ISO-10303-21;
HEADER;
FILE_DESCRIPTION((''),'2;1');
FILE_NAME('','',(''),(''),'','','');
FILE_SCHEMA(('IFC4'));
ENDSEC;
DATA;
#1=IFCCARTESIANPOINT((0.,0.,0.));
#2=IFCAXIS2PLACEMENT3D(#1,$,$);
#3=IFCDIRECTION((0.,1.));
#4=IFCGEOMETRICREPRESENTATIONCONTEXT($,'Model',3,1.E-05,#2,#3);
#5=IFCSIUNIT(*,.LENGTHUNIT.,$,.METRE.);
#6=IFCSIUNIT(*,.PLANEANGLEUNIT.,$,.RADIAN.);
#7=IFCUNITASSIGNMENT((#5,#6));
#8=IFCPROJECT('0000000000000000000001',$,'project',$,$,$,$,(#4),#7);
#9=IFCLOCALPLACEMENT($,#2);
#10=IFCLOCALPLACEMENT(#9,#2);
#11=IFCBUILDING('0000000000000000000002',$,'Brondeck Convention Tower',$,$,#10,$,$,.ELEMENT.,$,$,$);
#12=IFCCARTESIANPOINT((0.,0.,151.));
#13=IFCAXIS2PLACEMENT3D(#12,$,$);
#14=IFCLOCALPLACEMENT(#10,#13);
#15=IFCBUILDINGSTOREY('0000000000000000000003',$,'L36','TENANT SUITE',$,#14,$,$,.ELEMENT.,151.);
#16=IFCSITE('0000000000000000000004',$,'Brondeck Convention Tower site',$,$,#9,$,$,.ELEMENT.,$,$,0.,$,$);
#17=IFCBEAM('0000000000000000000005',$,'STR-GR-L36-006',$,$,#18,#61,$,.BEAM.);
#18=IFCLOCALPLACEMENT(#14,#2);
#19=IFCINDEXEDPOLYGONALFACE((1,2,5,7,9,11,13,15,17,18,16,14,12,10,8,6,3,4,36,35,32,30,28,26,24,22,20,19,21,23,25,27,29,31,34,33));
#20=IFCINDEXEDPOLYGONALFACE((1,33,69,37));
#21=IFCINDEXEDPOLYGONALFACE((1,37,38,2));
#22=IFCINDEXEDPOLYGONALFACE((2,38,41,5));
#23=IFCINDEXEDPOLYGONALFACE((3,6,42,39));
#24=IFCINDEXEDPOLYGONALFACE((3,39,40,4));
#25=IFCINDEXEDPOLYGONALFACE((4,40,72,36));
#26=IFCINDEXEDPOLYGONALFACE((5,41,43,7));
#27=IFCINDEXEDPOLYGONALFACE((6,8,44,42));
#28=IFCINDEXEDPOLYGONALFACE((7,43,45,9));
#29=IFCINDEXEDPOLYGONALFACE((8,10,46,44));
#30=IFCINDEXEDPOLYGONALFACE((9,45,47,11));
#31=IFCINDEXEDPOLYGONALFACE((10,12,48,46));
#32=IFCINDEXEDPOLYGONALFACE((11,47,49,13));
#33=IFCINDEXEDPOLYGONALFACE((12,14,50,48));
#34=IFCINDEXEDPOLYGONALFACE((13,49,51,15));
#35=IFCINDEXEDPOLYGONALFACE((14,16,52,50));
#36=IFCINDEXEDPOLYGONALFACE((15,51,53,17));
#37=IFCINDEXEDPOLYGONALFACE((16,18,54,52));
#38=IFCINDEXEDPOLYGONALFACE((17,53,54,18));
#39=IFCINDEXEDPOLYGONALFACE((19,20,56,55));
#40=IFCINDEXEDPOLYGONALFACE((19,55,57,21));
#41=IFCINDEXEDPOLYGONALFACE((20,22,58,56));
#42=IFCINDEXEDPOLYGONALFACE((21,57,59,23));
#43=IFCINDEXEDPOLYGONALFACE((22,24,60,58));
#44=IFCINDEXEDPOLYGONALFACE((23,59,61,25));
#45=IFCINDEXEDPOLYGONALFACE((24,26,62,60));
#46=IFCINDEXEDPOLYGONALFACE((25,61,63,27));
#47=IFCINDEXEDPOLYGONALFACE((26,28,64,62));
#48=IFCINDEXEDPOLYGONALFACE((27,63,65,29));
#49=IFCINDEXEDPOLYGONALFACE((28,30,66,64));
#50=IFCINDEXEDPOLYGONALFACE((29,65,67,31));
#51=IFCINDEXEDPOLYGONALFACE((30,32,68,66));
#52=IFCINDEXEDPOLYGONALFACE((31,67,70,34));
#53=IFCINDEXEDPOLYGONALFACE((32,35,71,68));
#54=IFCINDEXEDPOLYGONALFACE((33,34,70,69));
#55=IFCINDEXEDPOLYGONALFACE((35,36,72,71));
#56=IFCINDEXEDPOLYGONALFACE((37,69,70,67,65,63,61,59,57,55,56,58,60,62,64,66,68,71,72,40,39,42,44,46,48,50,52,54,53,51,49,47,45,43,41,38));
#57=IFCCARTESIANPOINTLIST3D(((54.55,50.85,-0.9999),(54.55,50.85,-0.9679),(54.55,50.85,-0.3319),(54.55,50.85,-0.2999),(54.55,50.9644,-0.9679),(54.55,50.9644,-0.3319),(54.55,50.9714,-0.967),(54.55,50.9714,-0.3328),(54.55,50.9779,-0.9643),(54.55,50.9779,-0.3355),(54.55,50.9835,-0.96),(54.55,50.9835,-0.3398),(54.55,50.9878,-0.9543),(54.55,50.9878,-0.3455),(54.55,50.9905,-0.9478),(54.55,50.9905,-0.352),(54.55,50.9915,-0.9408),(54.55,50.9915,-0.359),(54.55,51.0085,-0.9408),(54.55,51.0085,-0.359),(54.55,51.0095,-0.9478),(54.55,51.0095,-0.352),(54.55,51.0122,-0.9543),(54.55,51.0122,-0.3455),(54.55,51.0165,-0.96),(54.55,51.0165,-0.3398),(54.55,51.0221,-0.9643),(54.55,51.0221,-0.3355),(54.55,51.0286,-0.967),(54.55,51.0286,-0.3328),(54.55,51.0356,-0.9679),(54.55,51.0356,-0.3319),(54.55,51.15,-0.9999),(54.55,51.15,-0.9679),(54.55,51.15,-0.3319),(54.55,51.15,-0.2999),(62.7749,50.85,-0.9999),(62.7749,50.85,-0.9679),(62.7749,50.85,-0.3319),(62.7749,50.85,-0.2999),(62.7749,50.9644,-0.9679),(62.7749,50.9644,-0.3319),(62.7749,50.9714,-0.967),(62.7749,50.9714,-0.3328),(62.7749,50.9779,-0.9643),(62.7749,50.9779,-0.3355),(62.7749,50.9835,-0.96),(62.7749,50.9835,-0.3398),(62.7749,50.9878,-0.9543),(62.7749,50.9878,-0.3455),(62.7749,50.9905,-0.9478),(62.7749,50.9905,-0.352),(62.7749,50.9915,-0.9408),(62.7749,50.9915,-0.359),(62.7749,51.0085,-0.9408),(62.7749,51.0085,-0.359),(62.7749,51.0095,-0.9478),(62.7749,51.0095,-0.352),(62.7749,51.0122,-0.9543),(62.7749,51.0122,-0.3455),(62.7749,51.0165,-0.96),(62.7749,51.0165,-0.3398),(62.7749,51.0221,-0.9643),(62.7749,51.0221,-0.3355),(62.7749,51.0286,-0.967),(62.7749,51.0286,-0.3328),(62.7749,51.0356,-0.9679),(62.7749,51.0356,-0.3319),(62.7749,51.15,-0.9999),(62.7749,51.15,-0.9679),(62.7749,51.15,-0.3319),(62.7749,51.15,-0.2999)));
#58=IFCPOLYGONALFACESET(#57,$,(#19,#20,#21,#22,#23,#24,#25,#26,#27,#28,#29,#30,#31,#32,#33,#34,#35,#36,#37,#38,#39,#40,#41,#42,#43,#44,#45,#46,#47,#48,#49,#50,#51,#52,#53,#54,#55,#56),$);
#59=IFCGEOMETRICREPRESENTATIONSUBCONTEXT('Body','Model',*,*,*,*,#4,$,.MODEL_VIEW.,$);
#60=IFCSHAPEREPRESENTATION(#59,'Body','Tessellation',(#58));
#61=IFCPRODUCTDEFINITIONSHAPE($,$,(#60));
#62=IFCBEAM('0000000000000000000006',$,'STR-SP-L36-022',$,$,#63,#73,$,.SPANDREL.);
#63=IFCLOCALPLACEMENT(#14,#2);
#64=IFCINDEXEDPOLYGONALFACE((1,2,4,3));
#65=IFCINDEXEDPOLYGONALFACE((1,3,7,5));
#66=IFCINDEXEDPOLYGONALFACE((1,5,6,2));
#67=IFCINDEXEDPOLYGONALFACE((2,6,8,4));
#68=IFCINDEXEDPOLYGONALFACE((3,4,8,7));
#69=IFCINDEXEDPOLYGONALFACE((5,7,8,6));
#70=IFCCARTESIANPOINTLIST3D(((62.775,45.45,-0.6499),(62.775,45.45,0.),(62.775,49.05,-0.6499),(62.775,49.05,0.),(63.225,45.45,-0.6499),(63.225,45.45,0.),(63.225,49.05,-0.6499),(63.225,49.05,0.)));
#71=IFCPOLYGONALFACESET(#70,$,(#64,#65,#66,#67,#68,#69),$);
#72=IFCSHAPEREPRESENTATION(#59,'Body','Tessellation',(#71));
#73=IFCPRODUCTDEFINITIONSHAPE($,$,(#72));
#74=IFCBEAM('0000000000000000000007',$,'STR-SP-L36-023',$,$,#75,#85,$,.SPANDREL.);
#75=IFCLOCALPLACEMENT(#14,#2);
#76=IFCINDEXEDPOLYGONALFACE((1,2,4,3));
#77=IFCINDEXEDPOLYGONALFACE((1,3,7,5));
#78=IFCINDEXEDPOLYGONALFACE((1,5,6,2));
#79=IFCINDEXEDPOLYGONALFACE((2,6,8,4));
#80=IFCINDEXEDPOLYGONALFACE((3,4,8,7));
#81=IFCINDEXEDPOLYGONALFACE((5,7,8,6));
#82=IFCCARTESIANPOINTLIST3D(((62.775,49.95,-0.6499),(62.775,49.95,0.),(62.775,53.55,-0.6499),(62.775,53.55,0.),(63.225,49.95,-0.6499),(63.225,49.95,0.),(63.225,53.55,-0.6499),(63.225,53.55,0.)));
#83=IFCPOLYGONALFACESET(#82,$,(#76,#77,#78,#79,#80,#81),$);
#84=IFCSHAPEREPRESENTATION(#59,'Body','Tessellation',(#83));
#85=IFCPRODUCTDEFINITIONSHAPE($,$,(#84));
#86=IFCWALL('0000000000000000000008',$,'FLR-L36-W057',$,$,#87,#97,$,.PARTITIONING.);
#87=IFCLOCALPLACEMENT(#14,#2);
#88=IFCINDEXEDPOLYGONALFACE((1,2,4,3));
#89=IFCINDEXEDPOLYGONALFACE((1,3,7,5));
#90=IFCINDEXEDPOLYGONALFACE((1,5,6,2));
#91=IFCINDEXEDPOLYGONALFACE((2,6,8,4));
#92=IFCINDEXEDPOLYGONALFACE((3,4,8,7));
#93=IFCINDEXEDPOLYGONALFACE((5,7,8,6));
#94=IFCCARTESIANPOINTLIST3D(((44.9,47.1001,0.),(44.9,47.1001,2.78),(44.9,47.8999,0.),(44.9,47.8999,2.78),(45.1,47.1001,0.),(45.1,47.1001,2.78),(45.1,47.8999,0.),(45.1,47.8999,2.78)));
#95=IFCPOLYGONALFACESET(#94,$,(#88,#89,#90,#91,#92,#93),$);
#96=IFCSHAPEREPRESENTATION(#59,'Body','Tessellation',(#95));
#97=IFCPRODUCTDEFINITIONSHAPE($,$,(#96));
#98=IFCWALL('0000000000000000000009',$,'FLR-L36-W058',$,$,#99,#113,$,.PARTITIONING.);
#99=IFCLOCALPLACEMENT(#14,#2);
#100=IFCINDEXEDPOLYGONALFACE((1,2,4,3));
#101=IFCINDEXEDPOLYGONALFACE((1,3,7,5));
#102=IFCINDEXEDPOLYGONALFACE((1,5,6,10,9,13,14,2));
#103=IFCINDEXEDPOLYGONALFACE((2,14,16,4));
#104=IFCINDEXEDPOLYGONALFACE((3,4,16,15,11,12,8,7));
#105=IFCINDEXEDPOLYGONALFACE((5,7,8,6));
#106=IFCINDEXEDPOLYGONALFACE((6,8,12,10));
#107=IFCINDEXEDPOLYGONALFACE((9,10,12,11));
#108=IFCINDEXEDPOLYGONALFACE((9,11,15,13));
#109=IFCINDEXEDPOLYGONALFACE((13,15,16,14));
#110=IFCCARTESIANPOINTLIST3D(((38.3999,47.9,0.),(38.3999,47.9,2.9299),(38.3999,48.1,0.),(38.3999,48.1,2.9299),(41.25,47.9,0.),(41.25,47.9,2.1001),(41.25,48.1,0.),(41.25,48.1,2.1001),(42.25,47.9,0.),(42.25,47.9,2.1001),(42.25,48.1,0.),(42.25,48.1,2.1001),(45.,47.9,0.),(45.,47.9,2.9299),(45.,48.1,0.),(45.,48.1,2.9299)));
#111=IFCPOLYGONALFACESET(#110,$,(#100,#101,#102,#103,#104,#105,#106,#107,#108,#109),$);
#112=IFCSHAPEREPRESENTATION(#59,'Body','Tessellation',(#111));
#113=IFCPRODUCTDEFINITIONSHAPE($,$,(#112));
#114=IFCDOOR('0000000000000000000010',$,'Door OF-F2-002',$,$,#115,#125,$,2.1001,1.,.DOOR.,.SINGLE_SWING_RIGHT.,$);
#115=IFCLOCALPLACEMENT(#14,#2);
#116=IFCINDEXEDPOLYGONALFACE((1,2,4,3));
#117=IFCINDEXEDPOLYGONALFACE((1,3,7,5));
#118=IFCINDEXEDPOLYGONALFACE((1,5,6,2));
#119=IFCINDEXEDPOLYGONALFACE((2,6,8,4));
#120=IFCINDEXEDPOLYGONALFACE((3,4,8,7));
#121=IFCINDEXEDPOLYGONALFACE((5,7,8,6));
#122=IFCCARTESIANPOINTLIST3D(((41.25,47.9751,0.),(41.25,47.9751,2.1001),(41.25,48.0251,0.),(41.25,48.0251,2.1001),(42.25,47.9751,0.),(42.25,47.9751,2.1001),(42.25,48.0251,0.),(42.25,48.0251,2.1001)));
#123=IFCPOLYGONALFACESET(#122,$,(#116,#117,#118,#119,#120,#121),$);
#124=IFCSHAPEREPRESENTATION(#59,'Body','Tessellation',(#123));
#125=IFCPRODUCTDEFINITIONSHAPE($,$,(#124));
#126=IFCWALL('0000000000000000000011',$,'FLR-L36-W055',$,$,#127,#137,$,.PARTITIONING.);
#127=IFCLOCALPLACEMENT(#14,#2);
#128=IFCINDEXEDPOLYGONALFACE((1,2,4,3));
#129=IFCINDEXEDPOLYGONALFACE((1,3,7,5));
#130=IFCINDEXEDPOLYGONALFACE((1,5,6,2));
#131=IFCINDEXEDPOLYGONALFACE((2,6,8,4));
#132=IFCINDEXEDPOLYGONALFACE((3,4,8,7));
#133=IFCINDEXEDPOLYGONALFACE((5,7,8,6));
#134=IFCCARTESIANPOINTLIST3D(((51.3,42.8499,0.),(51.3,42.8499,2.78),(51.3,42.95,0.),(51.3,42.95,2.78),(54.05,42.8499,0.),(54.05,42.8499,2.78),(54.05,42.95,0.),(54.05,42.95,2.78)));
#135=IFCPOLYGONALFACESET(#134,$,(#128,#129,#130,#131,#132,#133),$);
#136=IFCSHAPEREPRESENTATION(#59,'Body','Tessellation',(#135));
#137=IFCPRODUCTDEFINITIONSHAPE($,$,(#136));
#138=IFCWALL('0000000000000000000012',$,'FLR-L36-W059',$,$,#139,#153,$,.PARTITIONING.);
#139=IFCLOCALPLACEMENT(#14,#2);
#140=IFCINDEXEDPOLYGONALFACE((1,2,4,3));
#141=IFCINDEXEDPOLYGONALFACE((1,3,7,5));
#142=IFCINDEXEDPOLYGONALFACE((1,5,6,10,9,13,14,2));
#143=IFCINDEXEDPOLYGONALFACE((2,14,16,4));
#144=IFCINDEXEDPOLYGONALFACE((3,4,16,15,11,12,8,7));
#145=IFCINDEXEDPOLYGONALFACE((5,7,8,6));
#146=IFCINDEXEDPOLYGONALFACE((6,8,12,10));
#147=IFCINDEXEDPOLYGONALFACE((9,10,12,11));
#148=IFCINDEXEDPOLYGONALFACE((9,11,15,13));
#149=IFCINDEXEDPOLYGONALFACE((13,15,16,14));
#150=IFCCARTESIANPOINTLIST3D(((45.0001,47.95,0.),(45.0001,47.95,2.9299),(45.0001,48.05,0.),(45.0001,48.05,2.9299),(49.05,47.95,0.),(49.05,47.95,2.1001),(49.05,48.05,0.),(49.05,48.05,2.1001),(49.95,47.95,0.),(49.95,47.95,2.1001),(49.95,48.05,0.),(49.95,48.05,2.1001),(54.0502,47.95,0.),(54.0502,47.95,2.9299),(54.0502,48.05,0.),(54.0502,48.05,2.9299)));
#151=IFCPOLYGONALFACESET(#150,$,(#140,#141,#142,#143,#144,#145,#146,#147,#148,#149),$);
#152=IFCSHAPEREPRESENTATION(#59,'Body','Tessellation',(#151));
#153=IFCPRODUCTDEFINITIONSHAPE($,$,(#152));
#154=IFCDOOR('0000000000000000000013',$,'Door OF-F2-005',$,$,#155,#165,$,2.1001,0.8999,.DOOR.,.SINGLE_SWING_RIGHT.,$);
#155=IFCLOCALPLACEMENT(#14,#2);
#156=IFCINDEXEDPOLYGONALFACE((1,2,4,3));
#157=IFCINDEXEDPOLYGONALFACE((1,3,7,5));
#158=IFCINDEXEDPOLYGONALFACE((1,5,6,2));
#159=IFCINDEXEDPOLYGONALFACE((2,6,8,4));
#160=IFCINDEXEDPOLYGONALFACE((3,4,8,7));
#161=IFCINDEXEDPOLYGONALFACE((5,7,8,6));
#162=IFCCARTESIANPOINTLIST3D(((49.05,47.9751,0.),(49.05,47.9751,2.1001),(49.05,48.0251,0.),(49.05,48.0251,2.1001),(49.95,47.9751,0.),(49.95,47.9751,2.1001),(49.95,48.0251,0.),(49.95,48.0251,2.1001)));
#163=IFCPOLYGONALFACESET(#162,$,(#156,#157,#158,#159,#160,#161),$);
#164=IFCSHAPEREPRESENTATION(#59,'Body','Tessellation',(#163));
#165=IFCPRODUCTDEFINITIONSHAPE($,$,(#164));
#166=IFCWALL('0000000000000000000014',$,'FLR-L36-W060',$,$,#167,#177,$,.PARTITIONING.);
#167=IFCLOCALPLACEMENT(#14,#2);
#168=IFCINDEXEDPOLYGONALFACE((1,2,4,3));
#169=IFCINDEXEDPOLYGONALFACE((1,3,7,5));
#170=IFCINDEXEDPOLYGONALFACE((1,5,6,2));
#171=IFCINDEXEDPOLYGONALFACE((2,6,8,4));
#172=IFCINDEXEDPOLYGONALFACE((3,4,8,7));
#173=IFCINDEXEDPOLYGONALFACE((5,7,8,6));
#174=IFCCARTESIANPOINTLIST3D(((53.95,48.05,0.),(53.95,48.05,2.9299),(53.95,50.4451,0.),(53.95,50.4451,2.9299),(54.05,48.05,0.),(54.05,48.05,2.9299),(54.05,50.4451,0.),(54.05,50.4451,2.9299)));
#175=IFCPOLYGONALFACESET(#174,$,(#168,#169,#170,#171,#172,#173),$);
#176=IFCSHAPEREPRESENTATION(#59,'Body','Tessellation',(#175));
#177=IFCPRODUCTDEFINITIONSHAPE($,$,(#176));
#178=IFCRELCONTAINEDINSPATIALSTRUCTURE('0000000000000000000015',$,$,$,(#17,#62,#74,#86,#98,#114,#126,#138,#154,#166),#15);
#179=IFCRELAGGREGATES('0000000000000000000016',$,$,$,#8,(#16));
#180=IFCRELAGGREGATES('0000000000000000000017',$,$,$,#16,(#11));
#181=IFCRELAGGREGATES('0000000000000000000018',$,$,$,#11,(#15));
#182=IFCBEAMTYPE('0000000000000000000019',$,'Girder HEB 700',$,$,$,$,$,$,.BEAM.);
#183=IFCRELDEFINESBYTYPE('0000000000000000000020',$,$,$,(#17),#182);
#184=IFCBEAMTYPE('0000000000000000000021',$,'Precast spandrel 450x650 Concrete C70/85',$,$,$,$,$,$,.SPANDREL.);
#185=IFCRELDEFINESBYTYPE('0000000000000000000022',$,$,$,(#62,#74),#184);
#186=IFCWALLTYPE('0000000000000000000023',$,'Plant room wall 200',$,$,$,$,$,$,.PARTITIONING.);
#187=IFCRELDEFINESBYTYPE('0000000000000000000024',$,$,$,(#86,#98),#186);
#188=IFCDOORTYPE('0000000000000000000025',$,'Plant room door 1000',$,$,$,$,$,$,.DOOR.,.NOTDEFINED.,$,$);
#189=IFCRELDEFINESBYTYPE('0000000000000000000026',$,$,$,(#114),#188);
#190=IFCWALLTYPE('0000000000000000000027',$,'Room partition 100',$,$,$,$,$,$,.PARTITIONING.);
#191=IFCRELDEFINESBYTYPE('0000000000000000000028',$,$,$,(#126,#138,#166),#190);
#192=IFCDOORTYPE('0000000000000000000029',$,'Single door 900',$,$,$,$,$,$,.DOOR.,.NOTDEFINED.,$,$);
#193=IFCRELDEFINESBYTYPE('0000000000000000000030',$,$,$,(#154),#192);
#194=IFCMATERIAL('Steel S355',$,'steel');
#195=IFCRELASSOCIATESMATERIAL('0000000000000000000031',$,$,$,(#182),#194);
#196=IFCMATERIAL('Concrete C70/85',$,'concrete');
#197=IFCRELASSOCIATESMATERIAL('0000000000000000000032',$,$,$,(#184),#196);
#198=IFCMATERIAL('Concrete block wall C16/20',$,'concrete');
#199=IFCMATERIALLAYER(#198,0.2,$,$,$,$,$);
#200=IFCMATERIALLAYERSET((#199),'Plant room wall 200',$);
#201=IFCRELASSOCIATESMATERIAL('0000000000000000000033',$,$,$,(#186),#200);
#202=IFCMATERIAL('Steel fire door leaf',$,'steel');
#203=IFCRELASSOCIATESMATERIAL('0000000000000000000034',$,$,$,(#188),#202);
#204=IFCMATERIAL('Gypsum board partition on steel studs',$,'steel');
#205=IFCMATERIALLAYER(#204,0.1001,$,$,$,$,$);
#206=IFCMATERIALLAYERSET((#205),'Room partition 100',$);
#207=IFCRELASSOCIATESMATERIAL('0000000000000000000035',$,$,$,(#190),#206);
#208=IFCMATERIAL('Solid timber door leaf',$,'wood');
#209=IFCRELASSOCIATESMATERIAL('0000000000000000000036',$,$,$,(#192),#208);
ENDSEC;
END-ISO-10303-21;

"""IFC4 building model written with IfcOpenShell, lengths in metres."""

from ifc_helpers import new_model, si_unit, direction, frame, frame_2d, origin, origin_2d, place, context, subcontext, project, spatial, rectangle, i_section, extrude, material, layer, layer_set, material_profile, profile_set, type_object, element, fill, save


model = new_model("IFC4")

# Units and contexts
model_context = context("Model", 3, precision=1e-05, world=origin(), true_north=direction((0.0, 1.0)))
body_context = subcontext(model_context, "Body", "Model", "MODEL_VIEW")
ifc_project = project(units=[si_unit("LENGTHUNIT", "METRE"), si_unit("PLANEANGLEUNIT", "RADIAN")], contexts=[model_context])

# Site, building, storey
site_placement = place(None, origin())
site = spatial("IfcSite", under=ifc_project, at=site_placement, Name="Brondeck Convention Tower site", CompositionType="ELEMENT", RefElevation=0.0)
building_placement = place(site_placement, origin())
building = spatial("IfcBuilding", under=site, at=building_placement, Name="Brondeck Convention Tower", CompositionType="ELEMENT")
storey_placement = place(building_placement, frame((0.0, 0.0, 151.0)))
storey = spatial("IfcBuildingStorey", under=building, at=storey_placement, Name="L36", Description="TENANT SUITE", CompositionType="ELEMENT", Elevation=151.0)

# Shared definitions
ifc_material_1 = material(Name="Concrete C70/85", Category="concrete")

# Beams
ifc_material_2 = material(Name="Steel S355", Category="steel")
ifc_material_profile_1 = material_profile(ifc_material_2, i_section(OverallWidth=0.3, OverallDepth=0.7, WebThickness=0.0171, FlangeThickness=0.032, FilletRadius=0.0271, at=origin_2d()), Name="HEB 700")
ifc_profile_set_1 = profile_set([ifc_material_profile_1], Name="Steel S355")
beam_type_1 = type_object("IfcBeamType", Name="Girder HEB 700", PredefinedType="BEAM", material=ifc_profile_set_1)
beam_1_placement = place(storey_placement, frame((54.55, 51.0, -0.6499), z_axis=(1.0, 0.0, 0.0), x_axis=(0.0, 1.0, 0.0)))
element("IfcBeam", 1, at=beam_1_placement, inside=storey, type_object=beam_type_1, Name="STR-GR-L36-006", PredefinedType="BEAM", context=body_context, shape_type="SweptSolid", body=[
    extrude(i_section(OverallWidth=0.3, OverallDepth=0.7, WebThickness=0.0171, FlangeThickness=0.032, FilletRadius=0.0271, at=origin_2d()), origin(), (0.0, 0.0, 1.0), 8.2249),
])
ifc_material_profile_2 = material_profile(ifc_material_1, rectangle(XDim=0.45, YDim=0.6499, at=origin_2d()), Name="Precast spandrel 450x650 Concrete C70/85")
ifc_profile_set_2 = profile_set([ifc_material_profile_2], Name="Concrete C70/85")
beam_type_2 = type_object("IfcBeamType", Name="Precast spandrel 450x650 Concrete C70/85", PredefinedType="SPANDREL", material=ifc_profile_set_2)
for number, where, z_axis, x_axis, name in (
    (2, (63.0, 45.45, -0.325), (0.0, 1.0, 0.0), (-1.0, 0.0, 0.0), "STR-SP-L36-022"),
    (3, (63.0, 49.95, -0.325), (0.0, 1.0, 0.0), (-1.0, 0.0, 0.0), "STR-SP-L36-023"),
):
    element("IfcBeam", number, at=place(storey_placement, frame(where, z_axis=z_axis, x_axis=x_axis)), inside=storey, type_object=beam_type_2, Name=name, PredefinedType="SPANDREL", context=body_context, shape_type="SweptSolid", body=[
        extrude(rectangle(XDim=0.45, YDim=0.6499, at=origin_2d()), origin(), (0.0, 0.0, 1.0), 3.6001),
    ])

# Wall
ifc_material_3 = material(Name="Concrete block wall C16/20", Category="concrete")
ifc_layer_1 = layer(ifc_material_3, 0.2)
ifc_layer_set_1 = layer_set([ifc_layer_1], Name="Plant room wall 200")
wall_type_1 = type_object("IfcWallType", Name="Plant room wall 200", PredefinedType="PARTITIONING", material=ifc_layer_set_1)
wall_1_placement = place(storey_placement, frame((45.0, 47.8999, 0.0), z_axis=(0.0, 0.0, 1.0), x_axis=(0.0, -1.0, 0.0)))
element("IfcWall", 4, at=wall_1_placement, inside=storey, type_object=wall_type_1, Name="FLR-L36-W057", PredefinedType="PARTITIONING", context=body_context, shape_type="SweptSolid", body=[
    extrude(rectangle(XDim=0.7998, YDim=0.2, at=frame_2d((0.3999, 0.0))), origin(), (0.0, 0.0, 1.0), 2.78),
])

# Wall, opening, door
wall_2_placement = place(storey_placement, frame((45.0, 48.0, 0.0), z_axis=(0.0, 0.0, 1.0), x_axis=(-1.0, 0.0, 0.0)))
wall_2 = element("IfcWall", 5, at=wall_2_placement, inside=storey, type_object=wall_type_1, Name="FLR-L36-W058", PredefinedType="PARTITIONING", context=body_context, shape_type="SweptSolid", body=[
    extrude(rectangle(XDim=6.6001, YDim=0.2, at=frame_2d((3.3, 0.0))), origin(), (0.0, 0.0, 1.0), 2.9299),
])
opening_1_placement = place(wall_2_placement, frame((2.75, 0.0, 0.0)))
opening_1 = element("IfcOpeningElement", 6, at=opening_1_placement, cuts=wall_2, PredefinedType="OPENING", context=body_context, shape_type="SweptSolid", body=[
    extrude(rectangle(XDim=1.0, YDim=2.1001, at=frame_2d((0.5, 1.05))), frame((0.0, 0.1099, 0.0), z_axis=(0.0, -1.0, 0.0), x_axis=(1.0, 0.0, 0.0)), (0.0, 0.0, 1.0), 0.22),
])
ifc_material_4 = material(Name="Steel fire door leaf", Category="steel")
door_type_1 = type_object("IfcDoorType", Name="Plant room door 1000", OperationType="NOTDEFINED", PredefinedType="DOOR", material=ifc_material_4)
door_1_placement = place(opening_1_placement, origin())
door_1 = element("IfcDoor", 7, at=door_1_placement, inside=storey, type_object=door_type_1, Name="Door OF-F2-002", OperationType="SINGLE_SWING_RIGHT", OverallHeight=2.1001, OverallWidth=1.0, PredefinedType="DOOR", context=body_context, shape_type="SweptSolid", body=[
    extrude(rectangle(XDim=1.0, YDim=2.1001, at=frame_2d((0.5, 1.05))), frame((0.0, 0.0249, 0.0), z_axis=(0.0, -1.0, 0.0), x_axis=(1.0, 0.0, 0.0)), (0.0, 0.0, 1.0), 0.05),
])
fill(opening_1, door_1)

# Wall
ifc_material_5 = material(Name="Gypsum board partition on steel studs", Category="steel")
ifc_layer_2 = layer(ifc_material_5, 0.1001)
ifc_layer_set_2 = layer_set([ifc_layer_2], Name="Room partition 100")
wall_type_2 = type_object("IfcWallType", Name="Room partition 100", PredefinedType="PARTITIONING", material=ifc_layer_set_2)
wall_3_placement = place(storey_placement, frame((51.3, 42.8999, 0.0), z_axis=(0.0, 0.0, 1.0), x_axis=(1.0, 0.0, 0.0)))
element("IfcWall", 8, at=wall_3_placement, inside=storey, type_object=wall_type_2, Name="FLR-L36-W055", PredefinedType="PARTITIONING", context=body_context, shape_type="SweptSolid", body=[
    extrude(rectangle(XDim=2.75, YDim=0.1001, at=frame_2d((1.375, 0.0))), origin(), (0.0, 0.0, 1.0), 2.78),
])

# Wall, opening, door
wall_4_placement = place(storey_placement, frame((54.05, 48.0, 0.0), z_axis=(0.0, 0.0, 1.0), x_axis=(-1.0, 0.0, 0.0)))
wall_4 = element("IfcWall", 9, at=wall_4_placement, inside=storey, type_object=wall_type_2, Name="FLR-L36-W059", PredefinedType="PARTITIONING", context=body_context, shape_type="SweptSolid", body=[
    extrude(rectangle(XDim=9.05, YDim=0.1001, at=frame_2d((4.5249, 0.0))), origin(), (0.0, 0.0, 1.0), 2.9299),
])
opening_2_placement = place(wall_4_placement, frame((4.1001, 0.0, 0.0)))
opening_2 = element("IfcOpeningElement", 10, at=opening_2_placement, cuts=wall_4, PredefinedType="OPENING", context=body_context, shape_type="SweptSolid", body=[
    extrude(rectangle(XDim=0.8999, YDim=2.1001, at=frame_2d((0.45, 1.05))), frame((0.0, 0.0601, 0.0), z_axis=(0.0, -1.0, 0.0), x_axis=(1.0, 0.0, 0.0)), (0.0, 0.0, 1.0), 0.1201),
])
ifc_material_6 = material(Name="Solid timber door leaf", Category="wood")
door_type_2 = type_object("IfcDoorType", Name="Single door 900", OperationType="NOTDEFINED", PredefinedType="DOOR", material=ifc_material_6)
door_2_placement = place(opening_2_placement, origin())
door_2 = element("IfcDoor", 11, at=door_2_placement, inside=storey, type_object=door_type_2, Name="Door OF-F2-005", OperationType="SINGLE_SWING_RIGHT", OverallHeight=2.1001, OverallWidth=0.8999, PredefinedType="DOOR", context=body_context, shape_type="SweptSolid", body=[
    extrude(rectangle(XDim=0.8999, YDim=2.1001, at=frame_2d((0.45, 1.05))), frame((0.0, 0.0249, 0.0), z_axis=(0.0, -1.0, 0.0), x_axis=(1.0, 0.0, 0.0)), (0.0, 0.0, 1.0), 0.05),
])
fill(opening_2, door_2)

# Wall
wall_5_placement = place(storey_placement, frame((54.0, 50.4451, 0.0), z_axis=(0.0, 0.0, 1.0), x_axis=(0.0, -1.0, 0.0)))
element("IfcWall", 12, at=wall_5_placement, inside=storey, type_object=wall_type_2, Name="FLR-L36-W060", PredefinedType="PARTITIONING", context=body_context, shape_type="SweptSolid", body=[
    extrude(rectangle(XDim=2.395, YDim=0.1001, at=frame_2d((1.1975, 0.0))), origin(), (0.0, 0.0, 1.0), 2.9299),
])

save(model, "model.ifc")
